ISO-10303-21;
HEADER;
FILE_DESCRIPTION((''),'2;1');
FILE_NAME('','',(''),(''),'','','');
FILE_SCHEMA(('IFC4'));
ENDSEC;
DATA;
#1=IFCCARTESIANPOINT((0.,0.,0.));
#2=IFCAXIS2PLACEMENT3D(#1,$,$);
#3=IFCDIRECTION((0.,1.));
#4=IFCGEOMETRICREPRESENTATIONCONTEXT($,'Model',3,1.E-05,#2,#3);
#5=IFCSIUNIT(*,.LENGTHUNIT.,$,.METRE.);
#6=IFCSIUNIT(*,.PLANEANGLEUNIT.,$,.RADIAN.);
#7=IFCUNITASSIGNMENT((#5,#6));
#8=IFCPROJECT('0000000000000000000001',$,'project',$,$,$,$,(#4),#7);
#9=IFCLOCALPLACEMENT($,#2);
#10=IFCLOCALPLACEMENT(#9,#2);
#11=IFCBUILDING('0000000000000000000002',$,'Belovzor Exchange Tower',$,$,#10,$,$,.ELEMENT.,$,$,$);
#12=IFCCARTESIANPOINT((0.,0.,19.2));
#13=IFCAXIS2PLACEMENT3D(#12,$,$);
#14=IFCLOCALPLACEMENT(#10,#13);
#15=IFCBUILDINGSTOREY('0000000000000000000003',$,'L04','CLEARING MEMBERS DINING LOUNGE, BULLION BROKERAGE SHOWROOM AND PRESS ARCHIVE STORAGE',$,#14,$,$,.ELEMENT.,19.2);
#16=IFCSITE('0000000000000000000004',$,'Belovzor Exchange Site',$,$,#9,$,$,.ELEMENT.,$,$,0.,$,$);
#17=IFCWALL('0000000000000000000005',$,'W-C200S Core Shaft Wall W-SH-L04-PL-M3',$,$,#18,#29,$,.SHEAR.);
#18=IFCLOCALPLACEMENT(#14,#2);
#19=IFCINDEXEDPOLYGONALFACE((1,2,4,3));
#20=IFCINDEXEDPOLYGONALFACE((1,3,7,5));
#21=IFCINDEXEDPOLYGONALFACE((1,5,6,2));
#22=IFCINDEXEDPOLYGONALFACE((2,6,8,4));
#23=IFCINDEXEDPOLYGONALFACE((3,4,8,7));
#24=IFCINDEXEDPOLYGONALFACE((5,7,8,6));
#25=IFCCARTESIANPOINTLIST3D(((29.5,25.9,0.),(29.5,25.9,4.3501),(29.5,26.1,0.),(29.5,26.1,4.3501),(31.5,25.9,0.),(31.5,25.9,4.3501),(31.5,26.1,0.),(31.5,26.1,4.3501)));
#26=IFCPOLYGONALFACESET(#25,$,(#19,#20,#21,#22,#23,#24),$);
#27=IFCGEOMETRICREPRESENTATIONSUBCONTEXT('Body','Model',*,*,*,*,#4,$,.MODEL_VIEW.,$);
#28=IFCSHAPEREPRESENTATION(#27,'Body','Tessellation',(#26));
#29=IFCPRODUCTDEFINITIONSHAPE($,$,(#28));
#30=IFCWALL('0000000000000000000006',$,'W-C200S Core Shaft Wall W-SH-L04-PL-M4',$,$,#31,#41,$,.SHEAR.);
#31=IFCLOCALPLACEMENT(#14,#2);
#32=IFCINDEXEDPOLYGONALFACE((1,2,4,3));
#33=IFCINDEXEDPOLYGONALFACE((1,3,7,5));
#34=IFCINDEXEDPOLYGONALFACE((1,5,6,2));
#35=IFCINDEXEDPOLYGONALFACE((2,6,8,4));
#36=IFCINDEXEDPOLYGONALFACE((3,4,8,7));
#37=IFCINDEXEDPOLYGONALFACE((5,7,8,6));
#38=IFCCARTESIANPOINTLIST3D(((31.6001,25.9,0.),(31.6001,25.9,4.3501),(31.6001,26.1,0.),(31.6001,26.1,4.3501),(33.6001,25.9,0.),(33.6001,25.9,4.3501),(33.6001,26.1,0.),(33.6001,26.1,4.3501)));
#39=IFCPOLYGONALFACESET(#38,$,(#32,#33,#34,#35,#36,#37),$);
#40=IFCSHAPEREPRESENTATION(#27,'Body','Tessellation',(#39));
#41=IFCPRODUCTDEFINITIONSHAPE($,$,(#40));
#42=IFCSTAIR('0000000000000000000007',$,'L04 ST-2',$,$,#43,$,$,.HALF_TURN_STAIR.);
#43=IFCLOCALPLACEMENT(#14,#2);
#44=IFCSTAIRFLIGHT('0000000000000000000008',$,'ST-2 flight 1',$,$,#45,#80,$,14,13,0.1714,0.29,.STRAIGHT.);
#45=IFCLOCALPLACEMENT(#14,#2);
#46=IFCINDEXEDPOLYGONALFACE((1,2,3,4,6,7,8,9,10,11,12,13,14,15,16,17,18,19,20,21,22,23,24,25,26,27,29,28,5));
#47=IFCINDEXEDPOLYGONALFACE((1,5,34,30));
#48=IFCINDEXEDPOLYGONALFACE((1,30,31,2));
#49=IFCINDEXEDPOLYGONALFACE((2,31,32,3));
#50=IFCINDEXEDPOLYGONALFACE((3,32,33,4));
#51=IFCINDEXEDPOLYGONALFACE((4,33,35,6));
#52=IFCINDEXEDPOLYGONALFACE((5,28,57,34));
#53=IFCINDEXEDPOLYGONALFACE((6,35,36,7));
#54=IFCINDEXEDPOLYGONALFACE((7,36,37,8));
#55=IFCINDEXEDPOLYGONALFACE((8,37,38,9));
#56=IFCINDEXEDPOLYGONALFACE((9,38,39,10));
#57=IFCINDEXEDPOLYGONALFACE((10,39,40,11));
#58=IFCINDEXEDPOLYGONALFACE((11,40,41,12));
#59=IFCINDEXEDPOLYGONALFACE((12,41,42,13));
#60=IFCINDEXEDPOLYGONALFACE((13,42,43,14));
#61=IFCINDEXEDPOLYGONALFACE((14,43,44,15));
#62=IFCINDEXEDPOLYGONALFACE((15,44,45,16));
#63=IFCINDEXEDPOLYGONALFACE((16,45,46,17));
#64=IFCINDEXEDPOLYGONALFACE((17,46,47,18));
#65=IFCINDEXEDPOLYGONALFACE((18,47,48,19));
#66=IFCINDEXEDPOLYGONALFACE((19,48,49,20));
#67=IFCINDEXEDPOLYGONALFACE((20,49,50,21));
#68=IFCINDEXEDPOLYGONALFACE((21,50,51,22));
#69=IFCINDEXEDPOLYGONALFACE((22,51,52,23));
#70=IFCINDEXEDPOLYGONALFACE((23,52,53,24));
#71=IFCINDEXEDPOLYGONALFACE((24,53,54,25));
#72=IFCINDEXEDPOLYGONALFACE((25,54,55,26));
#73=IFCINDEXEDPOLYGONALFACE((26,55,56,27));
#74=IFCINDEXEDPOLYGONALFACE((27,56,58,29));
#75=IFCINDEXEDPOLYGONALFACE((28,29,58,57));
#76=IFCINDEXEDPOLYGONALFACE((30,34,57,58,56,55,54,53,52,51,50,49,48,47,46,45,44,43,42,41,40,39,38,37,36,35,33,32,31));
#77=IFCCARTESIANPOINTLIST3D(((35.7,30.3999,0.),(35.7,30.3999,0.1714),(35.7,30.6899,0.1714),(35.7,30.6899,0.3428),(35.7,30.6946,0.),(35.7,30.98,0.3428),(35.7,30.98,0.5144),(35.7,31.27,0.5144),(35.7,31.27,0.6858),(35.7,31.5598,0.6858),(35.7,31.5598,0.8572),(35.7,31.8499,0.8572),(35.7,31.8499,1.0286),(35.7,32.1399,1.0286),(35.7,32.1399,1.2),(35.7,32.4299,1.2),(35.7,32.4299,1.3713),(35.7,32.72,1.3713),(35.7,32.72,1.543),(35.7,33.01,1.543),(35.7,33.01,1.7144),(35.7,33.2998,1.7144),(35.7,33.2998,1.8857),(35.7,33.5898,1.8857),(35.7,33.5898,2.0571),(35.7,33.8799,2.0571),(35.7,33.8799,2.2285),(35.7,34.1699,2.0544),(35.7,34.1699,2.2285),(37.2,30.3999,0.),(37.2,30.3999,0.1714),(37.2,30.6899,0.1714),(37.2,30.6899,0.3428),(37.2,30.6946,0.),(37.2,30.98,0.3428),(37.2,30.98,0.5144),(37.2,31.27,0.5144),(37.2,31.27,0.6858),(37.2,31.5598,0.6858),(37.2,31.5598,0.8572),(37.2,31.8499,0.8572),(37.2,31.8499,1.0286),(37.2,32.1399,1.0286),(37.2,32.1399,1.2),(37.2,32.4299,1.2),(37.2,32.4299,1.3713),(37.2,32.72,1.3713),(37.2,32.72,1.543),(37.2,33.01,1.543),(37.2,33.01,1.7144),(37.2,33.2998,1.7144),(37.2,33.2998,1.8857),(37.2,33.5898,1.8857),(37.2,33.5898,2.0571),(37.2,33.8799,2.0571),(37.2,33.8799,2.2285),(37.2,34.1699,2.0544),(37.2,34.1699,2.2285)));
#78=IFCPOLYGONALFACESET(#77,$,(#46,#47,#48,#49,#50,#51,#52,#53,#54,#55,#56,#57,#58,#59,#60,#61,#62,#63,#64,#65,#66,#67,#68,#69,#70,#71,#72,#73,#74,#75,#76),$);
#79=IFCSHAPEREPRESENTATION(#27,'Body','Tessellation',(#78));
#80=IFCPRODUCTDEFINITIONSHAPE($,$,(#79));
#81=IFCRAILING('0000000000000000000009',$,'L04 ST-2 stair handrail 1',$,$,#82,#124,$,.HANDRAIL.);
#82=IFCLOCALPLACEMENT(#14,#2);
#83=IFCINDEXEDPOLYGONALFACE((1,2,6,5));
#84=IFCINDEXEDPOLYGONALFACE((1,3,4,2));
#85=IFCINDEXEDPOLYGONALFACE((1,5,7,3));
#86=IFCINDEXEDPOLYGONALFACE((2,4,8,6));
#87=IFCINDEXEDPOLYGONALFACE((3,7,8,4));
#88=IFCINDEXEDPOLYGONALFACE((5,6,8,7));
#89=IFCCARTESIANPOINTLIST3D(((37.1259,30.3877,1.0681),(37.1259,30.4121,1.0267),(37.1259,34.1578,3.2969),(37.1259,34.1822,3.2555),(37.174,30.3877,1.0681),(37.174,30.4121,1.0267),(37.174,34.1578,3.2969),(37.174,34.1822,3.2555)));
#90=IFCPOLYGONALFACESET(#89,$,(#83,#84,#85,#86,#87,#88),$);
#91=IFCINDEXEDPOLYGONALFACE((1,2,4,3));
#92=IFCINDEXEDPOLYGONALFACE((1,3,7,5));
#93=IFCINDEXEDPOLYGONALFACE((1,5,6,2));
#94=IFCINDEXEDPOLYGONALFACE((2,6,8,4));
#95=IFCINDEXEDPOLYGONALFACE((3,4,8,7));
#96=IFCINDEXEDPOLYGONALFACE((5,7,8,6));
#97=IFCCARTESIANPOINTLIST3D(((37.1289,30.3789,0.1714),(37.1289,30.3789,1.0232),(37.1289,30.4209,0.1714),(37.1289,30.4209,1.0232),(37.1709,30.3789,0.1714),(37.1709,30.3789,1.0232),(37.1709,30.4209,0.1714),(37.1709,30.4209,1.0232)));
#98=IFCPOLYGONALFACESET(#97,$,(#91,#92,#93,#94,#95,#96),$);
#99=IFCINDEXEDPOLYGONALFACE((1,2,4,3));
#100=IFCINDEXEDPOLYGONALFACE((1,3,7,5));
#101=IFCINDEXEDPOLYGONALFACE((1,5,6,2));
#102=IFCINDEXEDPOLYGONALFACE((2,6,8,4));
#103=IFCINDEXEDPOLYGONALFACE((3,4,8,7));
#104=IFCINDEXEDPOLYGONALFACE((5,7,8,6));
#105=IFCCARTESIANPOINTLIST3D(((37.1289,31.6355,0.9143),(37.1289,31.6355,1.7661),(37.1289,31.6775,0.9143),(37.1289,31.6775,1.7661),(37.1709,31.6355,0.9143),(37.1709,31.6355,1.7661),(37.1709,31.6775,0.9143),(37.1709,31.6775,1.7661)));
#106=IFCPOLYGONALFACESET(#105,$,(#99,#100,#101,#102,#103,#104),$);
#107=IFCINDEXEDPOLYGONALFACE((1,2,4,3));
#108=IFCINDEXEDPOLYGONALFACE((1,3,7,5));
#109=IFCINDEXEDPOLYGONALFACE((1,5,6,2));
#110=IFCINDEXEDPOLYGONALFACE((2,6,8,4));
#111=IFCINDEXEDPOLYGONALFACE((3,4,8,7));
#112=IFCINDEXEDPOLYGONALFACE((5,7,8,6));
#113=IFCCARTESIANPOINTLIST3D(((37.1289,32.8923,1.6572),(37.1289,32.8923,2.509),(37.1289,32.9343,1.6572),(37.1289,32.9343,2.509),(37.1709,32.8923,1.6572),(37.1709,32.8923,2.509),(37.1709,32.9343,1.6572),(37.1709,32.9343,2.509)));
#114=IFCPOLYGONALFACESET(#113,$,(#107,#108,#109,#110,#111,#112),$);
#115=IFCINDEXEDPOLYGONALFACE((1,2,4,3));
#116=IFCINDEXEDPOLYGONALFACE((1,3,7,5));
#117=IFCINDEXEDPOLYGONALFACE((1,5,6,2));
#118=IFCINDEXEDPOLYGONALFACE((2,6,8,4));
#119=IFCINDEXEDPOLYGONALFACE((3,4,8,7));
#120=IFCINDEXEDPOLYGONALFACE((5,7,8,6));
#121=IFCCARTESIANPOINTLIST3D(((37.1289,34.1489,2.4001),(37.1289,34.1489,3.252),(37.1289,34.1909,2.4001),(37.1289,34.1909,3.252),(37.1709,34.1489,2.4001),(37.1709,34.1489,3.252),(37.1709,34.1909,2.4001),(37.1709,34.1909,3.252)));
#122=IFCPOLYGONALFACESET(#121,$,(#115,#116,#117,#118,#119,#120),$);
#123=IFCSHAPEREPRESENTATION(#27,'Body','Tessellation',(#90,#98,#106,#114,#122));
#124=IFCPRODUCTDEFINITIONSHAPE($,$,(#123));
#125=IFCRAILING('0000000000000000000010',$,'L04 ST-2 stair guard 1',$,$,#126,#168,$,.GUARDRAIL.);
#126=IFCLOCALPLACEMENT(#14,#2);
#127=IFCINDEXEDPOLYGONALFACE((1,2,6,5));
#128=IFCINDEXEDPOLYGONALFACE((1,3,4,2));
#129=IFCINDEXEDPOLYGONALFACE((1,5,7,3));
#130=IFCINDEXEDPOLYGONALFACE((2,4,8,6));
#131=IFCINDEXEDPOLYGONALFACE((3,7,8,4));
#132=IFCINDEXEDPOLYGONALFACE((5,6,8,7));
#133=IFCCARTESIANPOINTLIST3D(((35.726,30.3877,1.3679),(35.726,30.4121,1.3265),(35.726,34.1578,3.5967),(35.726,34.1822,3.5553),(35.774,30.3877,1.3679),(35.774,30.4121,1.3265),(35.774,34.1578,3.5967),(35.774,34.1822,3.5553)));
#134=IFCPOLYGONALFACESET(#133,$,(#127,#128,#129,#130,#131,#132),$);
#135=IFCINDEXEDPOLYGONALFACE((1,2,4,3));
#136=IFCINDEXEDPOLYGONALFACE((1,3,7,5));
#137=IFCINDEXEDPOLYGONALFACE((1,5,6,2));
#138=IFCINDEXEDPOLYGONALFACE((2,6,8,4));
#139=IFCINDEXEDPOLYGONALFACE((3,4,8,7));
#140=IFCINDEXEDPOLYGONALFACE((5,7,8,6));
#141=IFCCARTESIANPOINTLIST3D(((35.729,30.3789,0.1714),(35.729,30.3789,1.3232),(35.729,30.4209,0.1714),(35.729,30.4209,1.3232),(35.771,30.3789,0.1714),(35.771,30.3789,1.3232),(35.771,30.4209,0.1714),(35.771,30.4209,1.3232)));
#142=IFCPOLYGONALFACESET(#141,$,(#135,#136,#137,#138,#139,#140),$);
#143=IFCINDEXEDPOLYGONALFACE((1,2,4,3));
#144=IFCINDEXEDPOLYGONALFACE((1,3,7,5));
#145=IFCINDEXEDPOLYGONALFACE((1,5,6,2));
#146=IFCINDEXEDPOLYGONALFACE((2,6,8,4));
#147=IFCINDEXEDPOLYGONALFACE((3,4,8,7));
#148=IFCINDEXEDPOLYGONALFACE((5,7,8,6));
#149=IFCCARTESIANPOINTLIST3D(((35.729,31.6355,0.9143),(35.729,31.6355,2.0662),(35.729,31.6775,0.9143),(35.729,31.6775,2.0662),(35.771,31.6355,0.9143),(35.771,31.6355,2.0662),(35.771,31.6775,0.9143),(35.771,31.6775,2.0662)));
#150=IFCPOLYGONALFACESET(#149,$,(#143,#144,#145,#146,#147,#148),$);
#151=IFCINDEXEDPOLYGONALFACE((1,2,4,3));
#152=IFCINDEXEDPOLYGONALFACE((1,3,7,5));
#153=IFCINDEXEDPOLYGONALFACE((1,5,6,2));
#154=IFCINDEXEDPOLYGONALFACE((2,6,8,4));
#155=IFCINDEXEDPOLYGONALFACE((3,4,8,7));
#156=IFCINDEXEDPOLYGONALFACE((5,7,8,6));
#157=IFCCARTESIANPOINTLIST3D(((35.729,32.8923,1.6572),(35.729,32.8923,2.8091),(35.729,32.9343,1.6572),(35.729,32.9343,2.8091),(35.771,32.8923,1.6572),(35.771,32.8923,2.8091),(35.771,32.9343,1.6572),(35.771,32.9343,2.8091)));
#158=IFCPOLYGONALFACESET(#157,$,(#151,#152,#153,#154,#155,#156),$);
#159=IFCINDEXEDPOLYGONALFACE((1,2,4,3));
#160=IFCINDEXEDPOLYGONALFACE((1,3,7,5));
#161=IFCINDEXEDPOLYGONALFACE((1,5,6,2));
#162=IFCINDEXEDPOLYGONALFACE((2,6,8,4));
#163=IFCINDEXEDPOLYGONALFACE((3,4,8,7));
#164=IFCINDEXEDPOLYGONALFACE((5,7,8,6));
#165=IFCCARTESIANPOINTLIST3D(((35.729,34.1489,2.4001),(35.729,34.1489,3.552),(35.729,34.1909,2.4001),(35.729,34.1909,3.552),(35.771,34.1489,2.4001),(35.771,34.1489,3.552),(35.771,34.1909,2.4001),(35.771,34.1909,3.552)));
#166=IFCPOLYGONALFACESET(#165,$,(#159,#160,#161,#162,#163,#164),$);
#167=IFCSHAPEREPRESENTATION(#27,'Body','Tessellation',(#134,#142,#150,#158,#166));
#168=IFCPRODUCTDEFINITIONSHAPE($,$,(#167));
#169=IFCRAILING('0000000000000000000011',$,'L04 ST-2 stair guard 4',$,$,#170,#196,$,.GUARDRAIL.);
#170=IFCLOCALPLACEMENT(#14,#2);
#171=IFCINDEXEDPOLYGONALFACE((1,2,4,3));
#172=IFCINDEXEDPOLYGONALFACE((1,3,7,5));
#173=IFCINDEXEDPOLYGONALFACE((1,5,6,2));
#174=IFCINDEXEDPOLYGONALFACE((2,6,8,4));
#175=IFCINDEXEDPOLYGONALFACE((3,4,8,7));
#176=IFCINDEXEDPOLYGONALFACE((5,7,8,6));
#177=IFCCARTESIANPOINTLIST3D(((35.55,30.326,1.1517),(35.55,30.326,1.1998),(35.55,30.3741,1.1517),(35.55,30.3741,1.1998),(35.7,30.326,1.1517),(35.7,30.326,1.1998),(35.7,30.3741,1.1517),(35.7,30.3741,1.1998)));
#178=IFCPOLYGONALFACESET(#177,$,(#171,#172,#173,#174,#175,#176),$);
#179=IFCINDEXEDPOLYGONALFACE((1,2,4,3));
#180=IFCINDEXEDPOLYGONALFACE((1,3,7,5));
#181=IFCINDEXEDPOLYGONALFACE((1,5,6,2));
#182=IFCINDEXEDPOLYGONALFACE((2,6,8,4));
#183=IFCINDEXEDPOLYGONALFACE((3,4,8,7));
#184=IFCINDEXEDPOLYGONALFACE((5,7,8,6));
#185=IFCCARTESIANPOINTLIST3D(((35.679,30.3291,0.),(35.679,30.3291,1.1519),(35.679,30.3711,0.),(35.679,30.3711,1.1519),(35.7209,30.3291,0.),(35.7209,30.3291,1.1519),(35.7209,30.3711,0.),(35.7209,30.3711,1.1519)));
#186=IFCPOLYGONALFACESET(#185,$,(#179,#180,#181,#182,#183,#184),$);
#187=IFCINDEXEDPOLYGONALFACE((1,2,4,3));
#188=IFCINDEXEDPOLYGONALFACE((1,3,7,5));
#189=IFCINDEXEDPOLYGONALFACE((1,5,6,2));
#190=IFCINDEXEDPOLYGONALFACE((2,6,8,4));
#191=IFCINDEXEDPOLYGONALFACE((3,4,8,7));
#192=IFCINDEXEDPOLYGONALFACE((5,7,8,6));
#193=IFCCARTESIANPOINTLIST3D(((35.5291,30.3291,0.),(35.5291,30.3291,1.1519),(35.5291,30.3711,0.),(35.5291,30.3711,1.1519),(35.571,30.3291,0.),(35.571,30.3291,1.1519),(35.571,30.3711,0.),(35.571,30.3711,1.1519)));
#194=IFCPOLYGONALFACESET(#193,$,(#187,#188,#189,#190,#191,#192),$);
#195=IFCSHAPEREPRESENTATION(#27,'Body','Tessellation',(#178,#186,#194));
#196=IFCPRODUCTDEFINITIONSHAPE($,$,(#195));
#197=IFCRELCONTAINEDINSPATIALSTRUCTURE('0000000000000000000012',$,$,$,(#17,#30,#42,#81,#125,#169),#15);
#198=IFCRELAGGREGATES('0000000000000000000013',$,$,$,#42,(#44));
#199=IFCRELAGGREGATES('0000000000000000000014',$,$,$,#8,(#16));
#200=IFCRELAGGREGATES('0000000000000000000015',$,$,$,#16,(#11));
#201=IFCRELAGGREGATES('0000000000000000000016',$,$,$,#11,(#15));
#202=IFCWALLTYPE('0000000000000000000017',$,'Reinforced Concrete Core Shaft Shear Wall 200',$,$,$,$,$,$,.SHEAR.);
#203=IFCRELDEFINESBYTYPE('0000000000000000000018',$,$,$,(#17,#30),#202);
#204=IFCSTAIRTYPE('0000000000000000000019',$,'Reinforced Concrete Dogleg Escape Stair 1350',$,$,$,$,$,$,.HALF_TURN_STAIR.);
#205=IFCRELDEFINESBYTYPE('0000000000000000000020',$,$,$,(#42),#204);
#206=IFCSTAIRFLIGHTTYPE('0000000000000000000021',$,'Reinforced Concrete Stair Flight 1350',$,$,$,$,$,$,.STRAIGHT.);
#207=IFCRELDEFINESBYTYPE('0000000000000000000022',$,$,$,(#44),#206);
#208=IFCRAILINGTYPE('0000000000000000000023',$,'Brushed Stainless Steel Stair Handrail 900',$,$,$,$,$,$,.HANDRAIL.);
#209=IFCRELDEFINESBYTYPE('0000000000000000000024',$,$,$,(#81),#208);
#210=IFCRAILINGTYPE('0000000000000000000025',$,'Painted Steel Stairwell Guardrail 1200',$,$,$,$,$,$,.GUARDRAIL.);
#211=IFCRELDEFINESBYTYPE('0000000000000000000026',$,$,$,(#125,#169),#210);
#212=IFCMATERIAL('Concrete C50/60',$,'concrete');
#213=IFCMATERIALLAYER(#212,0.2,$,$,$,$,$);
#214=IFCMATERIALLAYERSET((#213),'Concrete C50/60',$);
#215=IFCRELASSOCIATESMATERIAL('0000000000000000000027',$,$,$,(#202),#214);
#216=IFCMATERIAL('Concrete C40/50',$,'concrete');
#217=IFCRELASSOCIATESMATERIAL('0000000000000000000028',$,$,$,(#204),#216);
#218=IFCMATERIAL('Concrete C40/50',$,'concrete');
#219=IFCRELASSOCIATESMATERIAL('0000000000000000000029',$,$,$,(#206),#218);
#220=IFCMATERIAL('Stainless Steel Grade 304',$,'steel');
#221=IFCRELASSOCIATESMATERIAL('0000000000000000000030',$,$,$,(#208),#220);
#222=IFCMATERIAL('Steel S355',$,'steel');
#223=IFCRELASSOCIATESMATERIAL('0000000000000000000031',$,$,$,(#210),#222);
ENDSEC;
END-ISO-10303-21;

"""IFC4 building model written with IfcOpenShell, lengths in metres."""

from ifc_helpers import new_model, si_unit, direction, frame, frame_2d, origin, origin_2d, place, context, subcontext, project, spatial, polyline, rectangle, outline, extrude, material, layer, layer_set, type_object, element, aggregate, save


model = new_model("IFC4")

# Units and contexts
model_context = context("Model", 3, precision=1e-05, world=origin(), true_north=direction((0.0, 1.0)))
body_context = subcontext(model_context, "Body", "Model", "MODEL_VIEW")
ifc_project = project(units=[si_unit("LENGTHUNIT", "METRE"), si_unit("PLANEANGLEUNIT", "RADIAN")], contexts=[model_context])

# Site, building, storey
site_placement = place(None, origin())
site = spatial("IfcSite", under=ifc_project, at=site_placement, Name="Belovzor Exchange Site", CompositionType="ELEMENT", RefElevation=0.0)
building_placement = place(site_placement, origin())
building = spatial("IfcBuilding", under=site, at=building_placement, Name="Belovzor Exchange Tower", CompositionType="ELEMENT")
storey_placement = place(building_placement, frame((0.0, 0.0, 19.2)))
storey = spatial("IfcBuildingStorey", under=building, at=storey_placement, Name="L04", Description="CLEARING MEMBERS DINING LOUNGE, BULLION BROKERAGE SHOWROOM AND PRESS ARCHIVE STORAGE", CompositionType="ELEMENT", Elevation=19.2)

# Shared definitions
ifc_material_1 = material(Name="Concrete C50/60", Category="concrete")
ifc_layer_1 = layer(ifc_material_1, 0.2)
ifc_layer_set_1 = layer_set([ifc_layer_1], Name="Concrete C50/60")
wall_type_1 = type_object("IfcWallType", Name="Reinforced Concrete Core Shaft Shear Wall 200", PredefinedType="SHEAR", material=ifc_layer_set_1)

# Walls
for number, where, z_axis, x_axis, name in (
    (1, (29.5, 26.0, 0.0), (0.0, 0.0, 1.0), (1.0, 0.0, 0.0), "W-C200S Core Shaft Wall W-SH-L04-PL-M3"),
    (2, (31.6001, 26.0, 0.0), (0.0, 0.0, 1.0), (1.0, 0.0, 0.0), "W-C200S Core Shaft Wall W-SH-L04-PL-M4"),
):
    element("IfcWall", number, at=place(storey_placement, frame(where, z_axis=z_axis, x_axis=x_axis)), inside=storey, type_object=wall_type_1, Name=name, PredefinedType="SHEAR", context=body_context, shape_type="SweptSolid", body=[
        extrude(rectangle(XDim=2.0, YDim=0.2, at=frame_2d((1.0, 0.0))), origin(), (0.0, 0.0, 1.0), 4.3501),
    ])

# Stair, stair flight
ifc_material_2 = material(Name="Concrete C40/50", Category="concrete")
stair_type = type_object("IfcStairType", Name="Reinforced Concrete Dogleg Escape Stair 1350", PredefinedType="HALF_TURN_STAIR", material=ifc_material_2)
stair_placement = place(storey_placement, origin())
stair = element("IfcStair", 3, at=stair_placement, inside=storey, type_object=stair_type, Name="L04 ST-2", PredefinedType="HALF_TURN_STAIR")
ifc_material_3 = material(Name="Concrete C40/50", Category="concrete")
stair_flight_type = type_object("IfcStairFlightType", Name="Reinforced Concrete Stair Flight 1350", PredefinedType="STRAIGHT", material=ifc_material_3)
stair_flight_placement = place(storey_placement, frame((36.45, 30.3999, 0.0), z_axis=(0.0, 0.0, 1.0), x_axis=(0.0, 1.0, 0.0)))
stair_flight = element("IfcStairFlight", 4, at=stair_flight_placement, type_object=stair_flight_type, Name="ST-2 flight 1", NumberOfRisers=14, NumberOfTreads=13, PredefinedType="STRAIGHT", RiserHeight=0.1714, TreadLength=0.29, context=body_context, shape_type="SweptSolid", body=[
    extrude(outline(polyline([(0.0, 0.0), (0.0, 0.1714), (0.29, 0.1714), (0.29, 0.3428), (0.5801, 0.3428), (0.5801, 0.5144), (0.8701, 0.5144), (0.8701, 0.6858), (1.1599, 0.6858), (1.1599, 0.8572), (1.45, 0.8572), (1.45, 1.0286), (1.74, 1.0286), (1.74, 1.2), (2.03, 1.2), (2.03, 1.3713), (2.3201, 1.3713), (2.3201, 1.543), (2.6101, 1.543), (2.6101, 1.7144), (2.8999, 1.7144), (2.8999, 1.8857), (3.1899, 1.8857), (3.1899, 2.0571), (3.48, 2.0571), (3.48, 2.2285), (3.77, 2.2285), (3.77, 2.3999), (3.77, 2.0544), (0.2947, 0.0), (0.0, 0.0)])), frame((0.0, 0.75, 0.0), z_axis=(0.0, -1.0, 0.0), x_axis=(1.0, 0.0, 0.0)), (0.0, 0.0, 1.0), 1.5),
])
aggregate(stair, [stair_flight])

# Railings
ifc_material_4 = material(Name="Stainless Steel Grade 304", Category="steel")
railing_type_1 = type_object("IfcRailingType", Name="Brushed Stainless Steel Stair Handrail 900", PredefinedType="HANDRAIL", material=ifc_material_4)
railing_1_placement = place(storey_placement, frame((37.1499, 30.3999, 0.1714)))
element("IfcRailing", 5, at=railing_1_placement, inside=storey, type_object=railing_type_1, Name="L04 ST-2 stair handrail 1", PredefinedType="HANDRAIL", context=body_context, shape_type="SweptSolid", body=[
    extrude(rectangle(XDim=0.0481, YDim=0.0481, at=origin_2d()), frame((0.0, 0.0, 0.876), z_axis=(0.0, 0.860824, 0.508902), x_axis=(-1.0, 0.0, 0.0)), (0.0, 0.0, 1.0), 4.3796),
    extrude(rectangle(XDim=0.042, YDim=0.042, at=origin_2d()), origin(), (0.0, 0.0, 1.0), 0.8518),
    extrude(rectangle(XDim=0.042, YDim=0.042, at=origin_2d()), frame((0.0, 1.2566, 0.7429)), (0.0, 0.0, 1.0), 0.8518),
    extrude(rectangle(XDim=0.042, YDim=0.042, at=origin_2d()), frame((0.0, 2.5134, 1.4858)), (0.0, 0.0, 1.0), 0.8518),
    extrude(rectangle(XDim=0.042, YDim=0.042, at=origin_2d()), frame((0.0, 3.77, 2.2288)), (0.0, 0.0, 1.0), 0.8518),
])
ifc_material_5 = material(Name="Steel S355", Category="steel")
railing_type_2 = type_object("IfcRailingType", Name="Painted Steel Stairwell Guardrail 1200", PredefinedType="GUARDRAIL", material=ifc_material_5)
railing_2_placement = place(storey_placement, frame((35.75, 30.3999, 0.1714)))
element("IfcRailing", 6, at=railing_2_placement, inside=storey, type_object=railing_type_2, Name="L04 ST-2 stair guard 1", PredefinedType="GUARDRAIL", context=body_context, shape_type="SweptSolid", body=[
    extrude(rectangle(XDim=0.0481, YDim=0.0481, at=origin_2d()), frame((0.0, 0.0, 1.1758), z_axis=(0.0, 0.860824, 0.508902), x_axis=(-1.0, 0.0, 0.0)), (0.0, 0.0, 1.0), 4.3796),
    extrude(rectangle(XDim=0.042, YDim=0.042, at=origin_2d()), origin(), (0.0, 0.0, 1.0), 1.1519),
    extrude(rectangle(XDim=0.042, YDim=0.042, at=origin_2d()), frame((0.0, 1.2566, 0.7429)), (0.0, 0.0, 1.0), 1.1519),
    extrude(rectangle(XDim=0.042, YDim=0.042, at=origin_2d()), frame((0.0, 2.5134, 1.4858)), (0.0, 0.0, 1.0), 1.1519),
    extrude(rectangle(XDim=0.042, YDim=0.042, at=origin_2d()), frame((0.0, 3.77, 2.2288)), (0.0, 0.0, 1.0), 1.1519),
])
railing_3_placement = place(storey_placement, frame((35.7, 30.3501, 0.0)))
element("IfcRailing", 7, at=railing_3_placement, inside=storey, type_object=railing_type_2, Name="L04 ST-2 stair guard 4", PredefinedType="GUARDRAIL", context=body_context, shape_type="SweptSolid", body=[
    extrude(rectangle(XDim=0.0481, YDim=0.0481, at=origin_2d()), frame((0.0, 0.0, 1.1758), z_axis=(-1.0, 0.0, 0.0), x_axis=(0.0, -1.0, 0.0)), (0.0, 0.0, 1.0), 0.1499),
    extrude(rectangle(XDim=0.042, YDim=0.042, at=origin_2d()), origin(), (0.0, 0.0, 1.0), 1.1519),
    extrude(rectangle(XDim=0.042, YDim=0.042, at=origin_2d()), frame((-0.1499, 0.0, 0.0)), (0.0, 0.0, 1.0), 1.1519),
])

save(model, "model.ifc")
